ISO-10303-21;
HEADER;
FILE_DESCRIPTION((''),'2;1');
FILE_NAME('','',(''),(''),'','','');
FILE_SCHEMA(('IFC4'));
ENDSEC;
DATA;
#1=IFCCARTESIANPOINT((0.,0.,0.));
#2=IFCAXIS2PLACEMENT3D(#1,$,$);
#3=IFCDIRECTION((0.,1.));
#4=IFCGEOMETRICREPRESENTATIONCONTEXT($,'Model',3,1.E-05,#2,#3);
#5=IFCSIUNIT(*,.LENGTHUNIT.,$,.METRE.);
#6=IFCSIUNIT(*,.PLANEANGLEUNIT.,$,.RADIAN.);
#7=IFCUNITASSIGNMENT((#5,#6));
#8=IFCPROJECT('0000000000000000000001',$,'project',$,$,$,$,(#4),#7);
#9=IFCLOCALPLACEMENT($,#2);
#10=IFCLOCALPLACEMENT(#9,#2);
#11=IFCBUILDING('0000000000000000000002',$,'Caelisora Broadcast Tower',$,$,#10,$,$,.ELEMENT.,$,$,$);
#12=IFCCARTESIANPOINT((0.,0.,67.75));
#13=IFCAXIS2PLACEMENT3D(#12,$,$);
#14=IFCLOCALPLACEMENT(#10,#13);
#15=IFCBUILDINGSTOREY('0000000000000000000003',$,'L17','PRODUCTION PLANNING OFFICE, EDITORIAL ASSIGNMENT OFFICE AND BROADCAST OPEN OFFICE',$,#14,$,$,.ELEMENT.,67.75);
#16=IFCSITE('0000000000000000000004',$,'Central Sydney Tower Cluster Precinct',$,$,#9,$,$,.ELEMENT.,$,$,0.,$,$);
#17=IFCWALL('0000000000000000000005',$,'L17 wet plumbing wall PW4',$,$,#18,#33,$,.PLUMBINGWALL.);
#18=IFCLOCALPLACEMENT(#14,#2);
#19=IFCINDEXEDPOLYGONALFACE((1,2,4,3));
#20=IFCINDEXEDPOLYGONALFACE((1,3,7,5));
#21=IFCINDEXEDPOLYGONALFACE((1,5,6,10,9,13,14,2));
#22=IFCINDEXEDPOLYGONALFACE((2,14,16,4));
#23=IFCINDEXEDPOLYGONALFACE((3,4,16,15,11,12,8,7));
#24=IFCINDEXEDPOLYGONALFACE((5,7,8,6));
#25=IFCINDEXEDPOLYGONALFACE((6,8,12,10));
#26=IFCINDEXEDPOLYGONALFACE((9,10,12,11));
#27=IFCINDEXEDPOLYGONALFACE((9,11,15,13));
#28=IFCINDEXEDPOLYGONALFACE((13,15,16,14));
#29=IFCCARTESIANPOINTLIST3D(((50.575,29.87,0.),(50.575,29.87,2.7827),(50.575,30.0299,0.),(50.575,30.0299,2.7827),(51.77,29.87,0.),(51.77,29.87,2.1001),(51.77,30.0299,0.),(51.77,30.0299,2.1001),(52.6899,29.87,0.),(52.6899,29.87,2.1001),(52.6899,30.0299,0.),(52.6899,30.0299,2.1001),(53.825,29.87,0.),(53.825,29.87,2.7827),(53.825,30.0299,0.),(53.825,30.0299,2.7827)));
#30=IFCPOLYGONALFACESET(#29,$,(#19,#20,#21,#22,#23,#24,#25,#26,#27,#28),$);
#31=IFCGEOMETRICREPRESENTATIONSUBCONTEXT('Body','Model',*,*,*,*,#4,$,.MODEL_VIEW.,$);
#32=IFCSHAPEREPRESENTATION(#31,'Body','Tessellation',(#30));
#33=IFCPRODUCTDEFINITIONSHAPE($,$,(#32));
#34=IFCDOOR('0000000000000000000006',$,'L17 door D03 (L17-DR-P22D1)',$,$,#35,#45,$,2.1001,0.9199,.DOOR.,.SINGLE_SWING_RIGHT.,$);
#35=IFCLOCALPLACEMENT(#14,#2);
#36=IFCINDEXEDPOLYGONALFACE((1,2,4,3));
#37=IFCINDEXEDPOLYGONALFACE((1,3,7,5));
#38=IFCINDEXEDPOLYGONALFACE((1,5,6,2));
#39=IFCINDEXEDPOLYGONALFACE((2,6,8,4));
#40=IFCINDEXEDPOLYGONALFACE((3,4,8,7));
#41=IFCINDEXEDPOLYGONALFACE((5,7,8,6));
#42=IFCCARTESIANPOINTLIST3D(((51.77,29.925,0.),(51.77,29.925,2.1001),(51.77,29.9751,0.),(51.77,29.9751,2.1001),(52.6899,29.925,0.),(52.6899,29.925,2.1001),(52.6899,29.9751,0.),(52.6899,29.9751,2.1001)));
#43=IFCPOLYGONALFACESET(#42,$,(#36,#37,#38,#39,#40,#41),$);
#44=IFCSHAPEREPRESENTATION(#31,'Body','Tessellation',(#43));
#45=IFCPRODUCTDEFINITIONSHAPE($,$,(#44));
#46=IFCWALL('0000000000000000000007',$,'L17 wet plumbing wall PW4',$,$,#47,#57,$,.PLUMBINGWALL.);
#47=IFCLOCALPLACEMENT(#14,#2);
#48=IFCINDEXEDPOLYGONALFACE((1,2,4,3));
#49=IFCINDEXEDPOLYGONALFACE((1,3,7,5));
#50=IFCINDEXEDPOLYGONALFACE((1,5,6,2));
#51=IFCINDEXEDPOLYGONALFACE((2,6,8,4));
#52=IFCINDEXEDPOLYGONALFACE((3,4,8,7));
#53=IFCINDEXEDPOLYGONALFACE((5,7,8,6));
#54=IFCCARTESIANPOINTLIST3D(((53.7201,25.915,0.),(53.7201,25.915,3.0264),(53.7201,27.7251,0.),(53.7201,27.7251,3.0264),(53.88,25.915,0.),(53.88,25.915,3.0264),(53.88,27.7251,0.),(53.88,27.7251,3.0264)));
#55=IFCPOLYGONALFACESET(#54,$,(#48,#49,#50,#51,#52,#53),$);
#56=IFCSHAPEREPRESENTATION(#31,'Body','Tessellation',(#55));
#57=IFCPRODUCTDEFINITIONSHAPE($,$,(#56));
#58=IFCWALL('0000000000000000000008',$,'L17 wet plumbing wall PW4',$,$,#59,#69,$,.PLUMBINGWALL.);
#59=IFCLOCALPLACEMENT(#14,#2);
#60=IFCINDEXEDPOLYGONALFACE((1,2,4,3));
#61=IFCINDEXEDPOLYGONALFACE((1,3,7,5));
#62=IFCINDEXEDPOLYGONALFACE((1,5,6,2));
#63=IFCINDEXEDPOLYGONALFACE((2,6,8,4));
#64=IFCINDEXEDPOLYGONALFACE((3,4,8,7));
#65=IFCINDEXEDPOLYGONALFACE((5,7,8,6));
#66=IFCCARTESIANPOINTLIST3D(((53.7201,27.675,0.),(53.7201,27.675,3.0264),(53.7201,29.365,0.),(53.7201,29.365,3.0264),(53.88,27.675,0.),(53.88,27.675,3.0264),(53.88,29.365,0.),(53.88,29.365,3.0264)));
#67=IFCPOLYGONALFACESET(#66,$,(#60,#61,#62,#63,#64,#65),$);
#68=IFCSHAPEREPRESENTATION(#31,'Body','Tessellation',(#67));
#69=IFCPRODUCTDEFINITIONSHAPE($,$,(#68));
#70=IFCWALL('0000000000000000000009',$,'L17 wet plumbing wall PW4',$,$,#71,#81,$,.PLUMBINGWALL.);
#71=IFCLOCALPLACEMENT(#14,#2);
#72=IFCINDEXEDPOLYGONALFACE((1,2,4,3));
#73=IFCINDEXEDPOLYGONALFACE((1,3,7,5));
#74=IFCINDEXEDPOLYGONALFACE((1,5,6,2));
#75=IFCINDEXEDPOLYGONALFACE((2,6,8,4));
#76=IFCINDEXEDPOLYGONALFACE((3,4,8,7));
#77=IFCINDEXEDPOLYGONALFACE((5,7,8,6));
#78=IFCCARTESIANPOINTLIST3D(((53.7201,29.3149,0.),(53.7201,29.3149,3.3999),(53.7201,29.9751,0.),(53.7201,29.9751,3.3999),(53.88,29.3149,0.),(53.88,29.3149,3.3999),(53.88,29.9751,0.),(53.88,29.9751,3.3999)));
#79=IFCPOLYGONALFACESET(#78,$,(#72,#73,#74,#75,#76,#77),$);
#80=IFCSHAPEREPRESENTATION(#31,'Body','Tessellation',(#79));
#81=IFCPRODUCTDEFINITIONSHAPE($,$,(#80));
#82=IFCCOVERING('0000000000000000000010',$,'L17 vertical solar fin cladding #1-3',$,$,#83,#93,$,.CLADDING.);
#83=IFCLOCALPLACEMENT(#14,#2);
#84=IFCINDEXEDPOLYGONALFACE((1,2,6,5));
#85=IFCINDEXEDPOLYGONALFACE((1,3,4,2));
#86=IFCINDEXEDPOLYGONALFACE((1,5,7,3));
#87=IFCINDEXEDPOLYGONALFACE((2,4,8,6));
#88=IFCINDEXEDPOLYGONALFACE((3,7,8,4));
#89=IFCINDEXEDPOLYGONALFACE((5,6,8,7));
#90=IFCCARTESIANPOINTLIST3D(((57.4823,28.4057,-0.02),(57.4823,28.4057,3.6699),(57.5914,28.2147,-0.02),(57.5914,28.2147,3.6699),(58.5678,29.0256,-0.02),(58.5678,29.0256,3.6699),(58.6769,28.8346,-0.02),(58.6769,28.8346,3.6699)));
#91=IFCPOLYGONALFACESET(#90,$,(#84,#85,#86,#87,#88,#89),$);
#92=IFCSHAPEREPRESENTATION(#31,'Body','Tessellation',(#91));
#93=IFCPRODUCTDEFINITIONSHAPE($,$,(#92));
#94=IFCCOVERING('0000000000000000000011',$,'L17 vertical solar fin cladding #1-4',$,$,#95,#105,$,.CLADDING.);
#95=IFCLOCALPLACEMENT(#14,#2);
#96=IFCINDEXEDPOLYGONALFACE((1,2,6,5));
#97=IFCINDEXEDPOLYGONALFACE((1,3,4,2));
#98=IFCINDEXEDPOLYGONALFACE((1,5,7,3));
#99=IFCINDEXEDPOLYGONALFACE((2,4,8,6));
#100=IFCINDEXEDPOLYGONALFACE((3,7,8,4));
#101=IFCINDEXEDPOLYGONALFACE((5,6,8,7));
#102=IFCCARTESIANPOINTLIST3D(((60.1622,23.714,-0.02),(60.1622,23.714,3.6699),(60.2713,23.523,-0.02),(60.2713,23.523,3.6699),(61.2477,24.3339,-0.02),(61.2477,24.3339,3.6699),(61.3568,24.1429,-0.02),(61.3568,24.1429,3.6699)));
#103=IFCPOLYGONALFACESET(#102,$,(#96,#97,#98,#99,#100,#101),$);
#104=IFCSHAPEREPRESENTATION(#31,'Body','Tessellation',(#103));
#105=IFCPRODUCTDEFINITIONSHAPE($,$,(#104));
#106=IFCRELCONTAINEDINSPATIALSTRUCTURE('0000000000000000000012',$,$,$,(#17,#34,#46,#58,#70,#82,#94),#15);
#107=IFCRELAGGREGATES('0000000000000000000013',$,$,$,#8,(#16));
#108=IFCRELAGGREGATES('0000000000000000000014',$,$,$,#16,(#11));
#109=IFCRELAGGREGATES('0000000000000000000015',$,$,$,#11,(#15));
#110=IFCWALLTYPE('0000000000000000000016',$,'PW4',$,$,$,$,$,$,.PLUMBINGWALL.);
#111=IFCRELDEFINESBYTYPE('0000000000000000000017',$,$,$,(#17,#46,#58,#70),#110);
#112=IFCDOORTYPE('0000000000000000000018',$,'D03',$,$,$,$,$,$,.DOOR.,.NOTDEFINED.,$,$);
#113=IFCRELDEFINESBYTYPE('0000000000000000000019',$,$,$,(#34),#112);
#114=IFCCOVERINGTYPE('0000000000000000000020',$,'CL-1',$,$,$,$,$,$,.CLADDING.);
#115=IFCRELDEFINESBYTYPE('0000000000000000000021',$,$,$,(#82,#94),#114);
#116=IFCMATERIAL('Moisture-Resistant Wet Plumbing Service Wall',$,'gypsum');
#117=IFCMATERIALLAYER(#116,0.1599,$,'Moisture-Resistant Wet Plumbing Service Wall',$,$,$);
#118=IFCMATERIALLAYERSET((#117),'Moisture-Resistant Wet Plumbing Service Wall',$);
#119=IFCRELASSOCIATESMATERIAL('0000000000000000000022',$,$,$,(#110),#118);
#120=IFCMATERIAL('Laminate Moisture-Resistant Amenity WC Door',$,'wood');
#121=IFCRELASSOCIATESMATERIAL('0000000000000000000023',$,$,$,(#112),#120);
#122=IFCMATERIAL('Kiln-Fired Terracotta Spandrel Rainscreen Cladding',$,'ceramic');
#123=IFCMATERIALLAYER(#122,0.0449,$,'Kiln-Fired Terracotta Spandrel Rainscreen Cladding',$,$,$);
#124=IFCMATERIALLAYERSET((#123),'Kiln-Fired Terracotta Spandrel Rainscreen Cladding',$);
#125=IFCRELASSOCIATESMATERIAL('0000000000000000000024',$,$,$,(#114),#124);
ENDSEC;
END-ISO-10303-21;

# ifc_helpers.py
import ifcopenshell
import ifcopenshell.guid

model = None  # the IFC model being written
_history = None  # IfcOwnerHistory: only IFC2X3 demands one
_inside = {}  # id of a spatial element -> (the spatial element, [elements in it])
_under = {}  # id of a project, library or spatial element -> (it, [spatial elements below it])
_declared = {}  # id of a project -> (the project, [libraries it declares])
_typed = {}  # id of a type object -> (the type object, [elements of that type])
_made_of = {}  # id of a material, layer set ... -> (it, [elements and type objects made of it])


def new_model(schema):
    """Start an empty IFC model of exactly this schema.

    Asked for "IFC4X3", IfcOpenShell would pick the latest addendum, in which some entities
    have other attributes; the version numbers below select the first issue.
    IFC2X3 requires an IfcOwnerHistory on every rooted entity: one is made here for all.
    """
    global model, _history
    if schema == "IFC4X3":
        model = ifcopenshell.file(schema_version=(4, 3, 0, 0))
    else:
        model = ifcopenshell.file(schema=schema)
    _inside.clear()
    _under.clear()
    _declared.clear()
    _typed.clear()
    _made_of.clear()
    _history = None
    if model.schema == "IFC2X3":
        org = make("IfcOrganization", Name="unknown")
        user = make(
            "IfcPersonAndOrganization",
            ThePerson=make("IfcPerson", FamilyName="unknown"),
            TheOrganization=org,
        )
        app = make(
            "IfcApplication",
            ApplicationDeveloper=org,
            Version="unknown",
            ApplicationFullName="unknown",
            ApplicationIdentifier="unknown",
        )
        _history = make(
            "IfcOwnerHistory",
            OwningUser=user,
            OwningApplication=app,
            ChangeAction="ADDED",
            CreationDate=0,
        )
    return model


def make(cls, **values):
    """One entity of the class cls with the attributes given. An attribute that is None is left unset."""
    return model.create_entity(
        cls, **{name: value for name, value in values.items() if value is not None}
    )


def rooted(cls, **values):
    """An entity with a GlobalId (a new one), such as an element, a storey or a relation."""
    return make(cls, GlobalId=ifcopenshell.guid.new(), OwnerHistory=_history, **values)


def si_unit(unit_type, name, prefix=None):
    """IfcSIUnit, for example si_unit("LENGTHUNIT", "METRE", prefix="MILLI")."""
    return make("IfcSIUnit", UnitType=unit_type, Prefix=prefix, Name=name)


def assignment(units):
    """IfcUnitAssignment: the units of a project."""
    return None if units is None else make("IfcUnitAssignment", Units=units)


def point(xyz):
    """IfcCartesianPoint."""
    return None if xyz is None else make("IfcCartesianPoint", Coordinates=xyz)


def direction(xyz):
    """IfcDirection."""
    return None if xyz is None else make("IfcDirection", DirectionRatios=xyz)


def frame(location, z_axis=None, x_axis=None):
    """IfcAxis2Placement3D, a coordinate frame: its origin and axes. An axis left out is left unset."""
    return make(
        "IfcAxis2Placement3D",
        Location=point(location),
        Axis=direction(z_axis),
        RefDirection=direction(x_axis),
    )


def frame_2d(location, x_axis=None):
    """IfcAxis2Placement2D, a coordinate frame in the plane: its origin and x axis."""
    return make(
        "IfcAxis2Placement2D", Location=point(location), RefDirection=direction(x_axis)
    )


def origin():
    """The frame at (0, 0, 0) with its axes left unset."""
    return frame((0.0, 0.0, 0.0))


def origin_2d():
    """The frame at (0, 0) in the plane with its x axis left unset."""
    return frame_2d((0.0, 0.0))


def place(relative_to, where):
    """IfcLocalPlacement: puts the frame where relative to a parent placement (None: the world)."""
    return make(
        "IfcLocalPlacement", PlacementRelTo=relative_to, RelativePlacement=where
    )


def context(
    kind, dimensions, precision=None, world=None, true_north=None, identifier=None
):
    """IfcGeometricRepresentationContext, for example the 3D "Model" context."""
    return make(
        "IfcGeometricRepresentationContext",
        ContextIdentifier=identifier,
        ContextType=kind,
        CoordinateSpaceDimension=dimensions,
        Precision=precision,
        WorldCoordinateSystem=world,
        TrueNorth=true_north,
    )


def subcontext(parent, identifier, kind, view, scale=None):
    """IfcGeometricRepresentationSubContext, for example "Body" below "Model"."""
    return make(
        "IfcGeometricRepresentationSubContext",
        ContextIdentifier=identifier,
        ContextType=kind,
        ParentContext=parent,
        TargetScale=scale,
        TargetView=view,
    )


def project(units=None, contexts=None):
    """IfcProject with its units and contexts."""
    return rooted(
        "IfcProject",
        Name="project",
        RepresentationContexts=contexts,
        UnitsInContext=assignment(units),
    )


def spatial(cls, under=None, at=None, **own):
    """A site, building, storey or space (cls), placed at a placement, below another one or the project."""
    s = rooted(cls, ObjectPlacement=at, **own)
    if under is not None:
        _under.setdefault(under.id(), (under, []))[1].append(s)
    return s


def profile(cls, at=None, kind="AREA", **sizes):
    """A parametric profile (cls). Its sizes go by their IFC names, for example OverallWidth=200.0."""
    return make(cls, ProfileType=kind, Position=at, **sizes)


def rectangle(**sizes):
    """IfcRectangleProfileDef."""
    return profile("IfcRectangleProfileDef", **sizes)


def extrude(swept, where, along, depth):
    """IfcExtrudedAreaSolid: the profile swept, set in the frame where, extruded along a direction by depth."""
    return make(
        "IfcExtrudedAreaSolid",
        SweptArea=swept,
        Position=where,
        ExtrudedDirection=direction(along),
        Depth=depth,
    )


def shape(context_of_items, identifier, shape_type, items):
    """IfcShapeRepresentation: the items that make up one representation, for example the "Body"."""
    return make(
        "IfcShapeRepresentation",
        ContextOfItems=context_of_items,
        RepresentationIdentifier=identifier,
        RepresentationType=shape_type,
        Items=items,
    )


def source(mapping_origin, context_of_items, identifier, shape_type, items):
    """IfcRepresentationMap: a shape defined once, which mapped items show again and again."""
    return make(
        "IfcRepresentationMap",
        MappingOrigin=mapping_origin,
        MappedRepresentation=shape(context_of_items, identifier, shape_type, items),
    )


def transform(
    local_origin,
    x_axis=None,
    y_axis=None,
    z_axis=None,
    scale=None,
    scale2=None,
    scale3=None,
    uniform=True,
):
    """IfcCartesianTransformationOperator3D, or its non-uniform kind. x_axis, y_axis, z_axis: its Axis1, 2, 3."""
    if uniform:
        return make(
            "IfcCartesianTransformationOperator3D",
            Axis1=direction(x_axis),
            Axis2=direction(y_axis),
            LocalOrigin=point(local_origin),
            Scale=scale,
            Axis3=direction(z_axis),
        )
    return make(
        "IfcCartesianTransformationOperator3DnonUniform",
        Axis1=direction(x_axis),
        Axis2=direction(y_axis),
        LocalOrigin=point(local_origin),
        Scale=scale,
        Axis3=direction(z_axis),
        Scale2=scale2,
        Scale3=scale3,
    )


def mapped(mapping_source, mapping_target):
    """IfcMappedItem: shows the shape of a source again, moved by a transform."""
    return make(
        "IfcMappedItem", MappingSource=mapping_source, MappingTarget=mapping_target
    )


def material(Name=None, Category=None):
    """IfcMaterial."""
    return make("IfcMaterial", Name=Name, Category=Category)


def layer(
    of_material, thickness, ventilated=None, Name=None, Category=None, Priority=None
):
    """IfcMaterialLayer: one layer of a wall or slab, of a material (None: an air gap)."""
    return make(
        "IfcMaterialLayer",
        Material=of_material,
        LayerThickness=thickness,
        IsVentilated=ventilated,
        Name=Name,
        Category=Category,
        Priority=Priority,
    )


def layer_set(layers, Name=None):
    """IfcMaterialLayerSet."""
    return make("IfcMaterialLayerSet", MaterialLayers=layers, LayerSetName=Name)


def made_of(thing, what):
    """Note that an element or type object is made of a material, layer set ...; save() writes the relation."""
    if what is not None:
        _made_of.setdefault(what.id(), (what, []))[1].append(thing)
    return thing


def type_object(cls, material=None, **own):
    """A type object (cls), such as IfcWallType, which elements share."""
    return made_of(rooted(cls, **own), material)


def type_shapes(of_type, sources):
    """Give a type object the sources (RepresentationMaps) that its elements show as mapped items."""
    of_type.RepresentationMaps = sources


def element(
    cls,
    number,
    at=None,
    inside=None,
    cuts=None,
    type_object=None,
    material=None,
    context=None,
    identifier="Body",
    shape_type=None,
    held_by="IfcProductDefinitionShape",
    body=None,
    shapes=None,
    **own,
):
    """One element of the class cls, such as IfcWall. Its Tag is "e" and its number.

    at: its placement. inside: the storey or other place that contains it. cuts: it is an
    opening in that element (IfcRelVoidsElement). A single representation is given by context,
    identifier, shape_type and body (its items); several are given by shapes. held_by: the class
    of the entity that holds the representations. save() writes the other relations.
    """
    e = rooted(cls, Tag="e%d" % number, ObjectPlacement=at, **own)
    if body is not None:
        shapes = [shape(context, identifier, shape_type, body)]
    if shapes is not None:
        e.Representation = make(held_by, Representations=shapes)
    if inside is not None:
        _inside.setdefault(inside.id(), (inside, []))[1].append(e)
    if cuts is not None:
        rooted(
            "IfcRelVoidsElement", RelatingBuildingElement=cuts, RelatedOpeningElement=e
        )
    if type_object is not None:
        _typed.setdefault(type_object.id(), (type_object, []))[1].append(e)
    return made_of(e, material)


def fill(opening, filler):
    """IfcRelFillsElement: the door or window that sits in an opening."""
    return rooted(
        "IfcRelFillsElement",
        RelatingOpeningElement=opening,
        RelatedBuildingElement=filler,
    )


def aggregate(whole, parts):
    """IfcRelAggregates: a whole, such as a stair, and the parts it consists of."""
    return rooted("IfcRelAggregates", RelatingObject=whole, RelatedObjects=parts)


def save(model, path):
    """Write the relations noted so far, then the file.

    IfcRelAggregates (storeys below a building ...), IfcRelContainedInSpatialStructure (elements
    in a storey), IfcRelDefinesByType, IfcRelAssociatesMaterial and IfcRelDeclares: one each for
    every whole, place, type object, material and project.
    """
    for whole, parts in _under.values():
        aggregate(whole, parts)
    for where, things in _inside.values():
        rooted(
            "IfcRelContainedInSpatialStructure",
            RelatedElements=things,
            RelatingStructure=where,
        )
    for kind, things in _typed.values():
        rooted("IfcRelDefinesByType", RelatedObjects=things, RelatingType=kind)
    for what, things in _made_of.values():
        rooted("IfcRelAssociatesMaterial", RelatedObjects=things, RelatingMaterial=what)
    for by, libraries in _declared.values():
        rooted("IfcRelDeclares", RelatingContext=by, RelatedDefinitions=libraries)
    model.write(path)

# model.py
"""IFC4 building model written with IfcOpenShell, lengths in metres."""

from ifc_helpers import new_model, si_unit, direction, frame, frame_2d, origin, origin_2d, place, context, subcontext, project, spatial, rectangle, extrude, source, transform, mapped, material, layer, layer_set, type_object, type_shapes, element, fill, save


model = new_model("IFC4")

# Units and contexts
model_context = context("Model", 3, precision=1e-05, world=origin(), true_north=direction((0.0, 1.0)))
body_context = subcontext(model_context, "Body", "Model", "MODEL_VIEW")
ifc_project = project(units=[si_unit("LENGTHUNIT", "METRE"), si_unit("PLANEANGLEUNIT", "RADIAN")], contexts=[model_context])

# Site, building, storey
site_placement = place(None, origin())
site = spatial("IfcSite", under=ifc_project, at=site_placement, Name="Central Sydney Tower Cluster Precinct", CompositionType="ELEMENT", RefElevation=0.0)
building_placement = place(site_placement, origin())
building = spatial("IfcBuilding", under=site, at=building_placement, Name="Caelisora Broadcast Tower", CompositionType="ELEMENT")
storey_placement = place(building_placement, frame((0.0, 0.0, 67.75)))
storey = spatial("IfcBuildingStorey", under=building, at=storey_placement, Name="L17", Description="PRODUCTION PLANNING OFFICE, EDITORIAL ASSIGNMENT OFFICE AND BROADCAST OPEN OFFICE", CompositionType="ELEMENT", Elevation=67.75)

# Wall, opening, door
ifc_material_1 = material(Name="Moisture-Resistant Wet Plumbing Service Wall", Category="gypsum")
ifc_layer_1 = layer(ifc_material_1, 0.1599, Name="Moisture-Resistant Wet Plumbing Service Wall")
ifc_layer_set_1 = layer_set([ifc_layer_1], Name="Moisture-Resistant Wet Plumbing Service Wall")
wall_type_1 = type_object("IfcWallType", Name="PW4", PredefinedType="PLUMBINGWALL", material=ifc_layer_set_1)
wall_1_placement = place(storey_placement, frame((53.825, 29.95, 0.0), z_axis=(0.0, 0.0, 1.0), x_axis=(-1.0, 0.0, 0.0)))
wall_1 = element("IfcWall", 1, at=wall_1_placement, inside=storey, type_object=wall_type_1, Name="L17 wet plumbing wall PW4", PredefinedType="PLUMBINGWALL", context=body_context, shape_type="SweptSolid", body=[
    extrude(rectangle(XDim=3.25, YDim=0.1599, at=frame_2d((1.625, 0.0))), origin(), (0.0, 0.0, 1.0), 2.7827),
])
opening_1_placement = place(wall_1_placement, frame((1.135, 0.0, 0.0)))
opening_1 = element("IfcOpeningElement", 2, at=opening_1_placement, cuts=wall_1, PredefinedType="OPENING", context=body_context, shape_type="SweptSolid", body=[
    extrude(rectangle(XDim=0.9199, YDim=2.1001, at=frame_2d((0.46, 1.05))), frame((0.0, 0.092, 0.0), z_axis=(0.0, -1.0, 0.0), x_axis=(1.0, 0.0, 0.0)), (0.0, 0.0, 1.0), 0.1838),
])
ifc_material_2 = material(Name="Laminate Moisture-Resistant Amenity WC Door", Category="wood")
door_type_1 = type_object("IfcDoorType", Name="D03", OperationType="NOTDEFINED", PredefinedType="DOOR", material=ifc_material_2)
door_1_placement = place(opening_1_placement, origin())
door_1 = element("IfcDoor", 3, at=door_1_placement, inside=storey, type_object=door_type_1, Name="L17 door D03 (L17-DR-P22D1)", OperationType="SINGLE_SWING_RIGHT", OverallHeight=2.1001, OverallWidth=0.9199, PredefinedType="DOOR", context=body_context, shape_type="SweptSolid", body=[
    extrude(rectangle(XDim=0.9199, YDim=2.1001, at=frame_2d((0.46, 1.05))), frame((0.0, 0.0249, 0.0), z_axis=(0.0, -1.0, 0.0), x_axis=(1.0, 0.0, 0.0)), (0.0, 0.0, 1.0), 0.05),
])
fill(opening_1, door_1)

# Walls
wall_2_placement = place(storey_placement, frame((53.8, 25.915, 0.0), z_axis=(0.0, 0.0, 1.0), x_axis=(0.0, 1.0, 0.0)))
element("IfcWall", 4, at=wall_2_placement, inside=storey, type_object=wall_type_1, Name="L17 wet plumbing wall PW4", PredefinedType="PLUMBINGWALL", context=body_context, shape_type="SweptSolid", body=[
    extrude(rectangle(XDim=1.8101, YDim=0.1599, at=frame_2d((0.905, 0.0))), origin(), (0.0, 0.0, 1.0), 3.0264),
])
wall_3_placement = place(storey_placement, frame((53.8, 27.675, 0.0), z_axis=(0.0, 0.0, 1.0), x_axis=(0.0, 1.0, 0.0)))
element("IfcWall", 5, at=wall_3_placement, inside=storey, type_object=wall_type_1, Name="L17 wet plumbing wall PW4", PredefinedType="PLUMBINGWALL", context=body_context, shape_type="SweptSolid", body=[
    extrude(rectangle(XDim=1.6899, YDim=0.1599, at=frame_2d((0.845, 0.0))), origin(), (0.0, 0.0, 1.0), 3.0264),
])
wall_4_placement = place(storey_placement, frame((53.8, 29.3149, 0.0), z_axis=(0.0, 0.0, 1.0), x_axis=(0.0, 1.0, 0.0)))
element("IfcWall", 6, at=wall_4_placement, inside=storey, type_object=wall_type_1, Name="L17 wet plumbing wall PW4", PredefinedType="PLUMBINGWALL", context=body_context, shape_type="SweptSolid", body=[
    extrude(rectangle(XDim=0.6602, YDim=0.1599, at=frame_2d((0.3301, 0.0))), origin(), (0.0, 0.0, 1.0), 3.3999),
])

# Coverings
ifc_material_3 = material(Name="Kiln-Fired Terracotta Spandrel Rainscreen Cladding", Category="ceramic")
ifc_layer_2 = layer(ifc_material_3, 0.0449, Name="Kiln-Fired Terracotta Spandrel Rainscreen Cladding")
ifc_layer_set_2 = layer_set([ifc_layer_2], Name="Kiln-Fired Terracotta Spandrel Rainscreen Cladding")
covering_type = type_object("IfcCoveringType", Name="CL-1", PredefinedType="CLADDING", material=ifc_layer_set_2)
shared_shape_1 = source(origin(), body_context, "Body", "SweptSolid", [
    extrude(rectangle(XDim=0.22, YDim=1.25, at=origin_2d()), origin(), (0.0, 0.0, 1.0), 3.6899),
])
type_shapes(covering_type, [shared_shape_1])
for number, where, z_axis, x_axis, name in (
    (7, (58.0796, 28.6201, -0.02), (0.0, 0.0, 1.0), (0.495913, -0.868372, 0.0), "L17 vertical solar fin cladding #1-3"),
    (8, (60.7595, 23.9285, -0.02), (0.0, 0.0, 1.0), (0.495913, -0.868372, 0.0), "L17 vertical solar fin cladding #1-4"),
):
    element("IfcCovering", number, at=place(storey_placement, frame(where, z_axis=z_axis, x_axis=x_axis)), inside=storey, type_object=covering_type, Name=name, PredefinedType="CLADDING", context=body_context, shape_type="MappedRepresentation", body=[
        mapped(shared_shape_1, transform((0.0, 0.0, 0.0), scale=1.0)),
    ])

save(model, "model.ifc")
